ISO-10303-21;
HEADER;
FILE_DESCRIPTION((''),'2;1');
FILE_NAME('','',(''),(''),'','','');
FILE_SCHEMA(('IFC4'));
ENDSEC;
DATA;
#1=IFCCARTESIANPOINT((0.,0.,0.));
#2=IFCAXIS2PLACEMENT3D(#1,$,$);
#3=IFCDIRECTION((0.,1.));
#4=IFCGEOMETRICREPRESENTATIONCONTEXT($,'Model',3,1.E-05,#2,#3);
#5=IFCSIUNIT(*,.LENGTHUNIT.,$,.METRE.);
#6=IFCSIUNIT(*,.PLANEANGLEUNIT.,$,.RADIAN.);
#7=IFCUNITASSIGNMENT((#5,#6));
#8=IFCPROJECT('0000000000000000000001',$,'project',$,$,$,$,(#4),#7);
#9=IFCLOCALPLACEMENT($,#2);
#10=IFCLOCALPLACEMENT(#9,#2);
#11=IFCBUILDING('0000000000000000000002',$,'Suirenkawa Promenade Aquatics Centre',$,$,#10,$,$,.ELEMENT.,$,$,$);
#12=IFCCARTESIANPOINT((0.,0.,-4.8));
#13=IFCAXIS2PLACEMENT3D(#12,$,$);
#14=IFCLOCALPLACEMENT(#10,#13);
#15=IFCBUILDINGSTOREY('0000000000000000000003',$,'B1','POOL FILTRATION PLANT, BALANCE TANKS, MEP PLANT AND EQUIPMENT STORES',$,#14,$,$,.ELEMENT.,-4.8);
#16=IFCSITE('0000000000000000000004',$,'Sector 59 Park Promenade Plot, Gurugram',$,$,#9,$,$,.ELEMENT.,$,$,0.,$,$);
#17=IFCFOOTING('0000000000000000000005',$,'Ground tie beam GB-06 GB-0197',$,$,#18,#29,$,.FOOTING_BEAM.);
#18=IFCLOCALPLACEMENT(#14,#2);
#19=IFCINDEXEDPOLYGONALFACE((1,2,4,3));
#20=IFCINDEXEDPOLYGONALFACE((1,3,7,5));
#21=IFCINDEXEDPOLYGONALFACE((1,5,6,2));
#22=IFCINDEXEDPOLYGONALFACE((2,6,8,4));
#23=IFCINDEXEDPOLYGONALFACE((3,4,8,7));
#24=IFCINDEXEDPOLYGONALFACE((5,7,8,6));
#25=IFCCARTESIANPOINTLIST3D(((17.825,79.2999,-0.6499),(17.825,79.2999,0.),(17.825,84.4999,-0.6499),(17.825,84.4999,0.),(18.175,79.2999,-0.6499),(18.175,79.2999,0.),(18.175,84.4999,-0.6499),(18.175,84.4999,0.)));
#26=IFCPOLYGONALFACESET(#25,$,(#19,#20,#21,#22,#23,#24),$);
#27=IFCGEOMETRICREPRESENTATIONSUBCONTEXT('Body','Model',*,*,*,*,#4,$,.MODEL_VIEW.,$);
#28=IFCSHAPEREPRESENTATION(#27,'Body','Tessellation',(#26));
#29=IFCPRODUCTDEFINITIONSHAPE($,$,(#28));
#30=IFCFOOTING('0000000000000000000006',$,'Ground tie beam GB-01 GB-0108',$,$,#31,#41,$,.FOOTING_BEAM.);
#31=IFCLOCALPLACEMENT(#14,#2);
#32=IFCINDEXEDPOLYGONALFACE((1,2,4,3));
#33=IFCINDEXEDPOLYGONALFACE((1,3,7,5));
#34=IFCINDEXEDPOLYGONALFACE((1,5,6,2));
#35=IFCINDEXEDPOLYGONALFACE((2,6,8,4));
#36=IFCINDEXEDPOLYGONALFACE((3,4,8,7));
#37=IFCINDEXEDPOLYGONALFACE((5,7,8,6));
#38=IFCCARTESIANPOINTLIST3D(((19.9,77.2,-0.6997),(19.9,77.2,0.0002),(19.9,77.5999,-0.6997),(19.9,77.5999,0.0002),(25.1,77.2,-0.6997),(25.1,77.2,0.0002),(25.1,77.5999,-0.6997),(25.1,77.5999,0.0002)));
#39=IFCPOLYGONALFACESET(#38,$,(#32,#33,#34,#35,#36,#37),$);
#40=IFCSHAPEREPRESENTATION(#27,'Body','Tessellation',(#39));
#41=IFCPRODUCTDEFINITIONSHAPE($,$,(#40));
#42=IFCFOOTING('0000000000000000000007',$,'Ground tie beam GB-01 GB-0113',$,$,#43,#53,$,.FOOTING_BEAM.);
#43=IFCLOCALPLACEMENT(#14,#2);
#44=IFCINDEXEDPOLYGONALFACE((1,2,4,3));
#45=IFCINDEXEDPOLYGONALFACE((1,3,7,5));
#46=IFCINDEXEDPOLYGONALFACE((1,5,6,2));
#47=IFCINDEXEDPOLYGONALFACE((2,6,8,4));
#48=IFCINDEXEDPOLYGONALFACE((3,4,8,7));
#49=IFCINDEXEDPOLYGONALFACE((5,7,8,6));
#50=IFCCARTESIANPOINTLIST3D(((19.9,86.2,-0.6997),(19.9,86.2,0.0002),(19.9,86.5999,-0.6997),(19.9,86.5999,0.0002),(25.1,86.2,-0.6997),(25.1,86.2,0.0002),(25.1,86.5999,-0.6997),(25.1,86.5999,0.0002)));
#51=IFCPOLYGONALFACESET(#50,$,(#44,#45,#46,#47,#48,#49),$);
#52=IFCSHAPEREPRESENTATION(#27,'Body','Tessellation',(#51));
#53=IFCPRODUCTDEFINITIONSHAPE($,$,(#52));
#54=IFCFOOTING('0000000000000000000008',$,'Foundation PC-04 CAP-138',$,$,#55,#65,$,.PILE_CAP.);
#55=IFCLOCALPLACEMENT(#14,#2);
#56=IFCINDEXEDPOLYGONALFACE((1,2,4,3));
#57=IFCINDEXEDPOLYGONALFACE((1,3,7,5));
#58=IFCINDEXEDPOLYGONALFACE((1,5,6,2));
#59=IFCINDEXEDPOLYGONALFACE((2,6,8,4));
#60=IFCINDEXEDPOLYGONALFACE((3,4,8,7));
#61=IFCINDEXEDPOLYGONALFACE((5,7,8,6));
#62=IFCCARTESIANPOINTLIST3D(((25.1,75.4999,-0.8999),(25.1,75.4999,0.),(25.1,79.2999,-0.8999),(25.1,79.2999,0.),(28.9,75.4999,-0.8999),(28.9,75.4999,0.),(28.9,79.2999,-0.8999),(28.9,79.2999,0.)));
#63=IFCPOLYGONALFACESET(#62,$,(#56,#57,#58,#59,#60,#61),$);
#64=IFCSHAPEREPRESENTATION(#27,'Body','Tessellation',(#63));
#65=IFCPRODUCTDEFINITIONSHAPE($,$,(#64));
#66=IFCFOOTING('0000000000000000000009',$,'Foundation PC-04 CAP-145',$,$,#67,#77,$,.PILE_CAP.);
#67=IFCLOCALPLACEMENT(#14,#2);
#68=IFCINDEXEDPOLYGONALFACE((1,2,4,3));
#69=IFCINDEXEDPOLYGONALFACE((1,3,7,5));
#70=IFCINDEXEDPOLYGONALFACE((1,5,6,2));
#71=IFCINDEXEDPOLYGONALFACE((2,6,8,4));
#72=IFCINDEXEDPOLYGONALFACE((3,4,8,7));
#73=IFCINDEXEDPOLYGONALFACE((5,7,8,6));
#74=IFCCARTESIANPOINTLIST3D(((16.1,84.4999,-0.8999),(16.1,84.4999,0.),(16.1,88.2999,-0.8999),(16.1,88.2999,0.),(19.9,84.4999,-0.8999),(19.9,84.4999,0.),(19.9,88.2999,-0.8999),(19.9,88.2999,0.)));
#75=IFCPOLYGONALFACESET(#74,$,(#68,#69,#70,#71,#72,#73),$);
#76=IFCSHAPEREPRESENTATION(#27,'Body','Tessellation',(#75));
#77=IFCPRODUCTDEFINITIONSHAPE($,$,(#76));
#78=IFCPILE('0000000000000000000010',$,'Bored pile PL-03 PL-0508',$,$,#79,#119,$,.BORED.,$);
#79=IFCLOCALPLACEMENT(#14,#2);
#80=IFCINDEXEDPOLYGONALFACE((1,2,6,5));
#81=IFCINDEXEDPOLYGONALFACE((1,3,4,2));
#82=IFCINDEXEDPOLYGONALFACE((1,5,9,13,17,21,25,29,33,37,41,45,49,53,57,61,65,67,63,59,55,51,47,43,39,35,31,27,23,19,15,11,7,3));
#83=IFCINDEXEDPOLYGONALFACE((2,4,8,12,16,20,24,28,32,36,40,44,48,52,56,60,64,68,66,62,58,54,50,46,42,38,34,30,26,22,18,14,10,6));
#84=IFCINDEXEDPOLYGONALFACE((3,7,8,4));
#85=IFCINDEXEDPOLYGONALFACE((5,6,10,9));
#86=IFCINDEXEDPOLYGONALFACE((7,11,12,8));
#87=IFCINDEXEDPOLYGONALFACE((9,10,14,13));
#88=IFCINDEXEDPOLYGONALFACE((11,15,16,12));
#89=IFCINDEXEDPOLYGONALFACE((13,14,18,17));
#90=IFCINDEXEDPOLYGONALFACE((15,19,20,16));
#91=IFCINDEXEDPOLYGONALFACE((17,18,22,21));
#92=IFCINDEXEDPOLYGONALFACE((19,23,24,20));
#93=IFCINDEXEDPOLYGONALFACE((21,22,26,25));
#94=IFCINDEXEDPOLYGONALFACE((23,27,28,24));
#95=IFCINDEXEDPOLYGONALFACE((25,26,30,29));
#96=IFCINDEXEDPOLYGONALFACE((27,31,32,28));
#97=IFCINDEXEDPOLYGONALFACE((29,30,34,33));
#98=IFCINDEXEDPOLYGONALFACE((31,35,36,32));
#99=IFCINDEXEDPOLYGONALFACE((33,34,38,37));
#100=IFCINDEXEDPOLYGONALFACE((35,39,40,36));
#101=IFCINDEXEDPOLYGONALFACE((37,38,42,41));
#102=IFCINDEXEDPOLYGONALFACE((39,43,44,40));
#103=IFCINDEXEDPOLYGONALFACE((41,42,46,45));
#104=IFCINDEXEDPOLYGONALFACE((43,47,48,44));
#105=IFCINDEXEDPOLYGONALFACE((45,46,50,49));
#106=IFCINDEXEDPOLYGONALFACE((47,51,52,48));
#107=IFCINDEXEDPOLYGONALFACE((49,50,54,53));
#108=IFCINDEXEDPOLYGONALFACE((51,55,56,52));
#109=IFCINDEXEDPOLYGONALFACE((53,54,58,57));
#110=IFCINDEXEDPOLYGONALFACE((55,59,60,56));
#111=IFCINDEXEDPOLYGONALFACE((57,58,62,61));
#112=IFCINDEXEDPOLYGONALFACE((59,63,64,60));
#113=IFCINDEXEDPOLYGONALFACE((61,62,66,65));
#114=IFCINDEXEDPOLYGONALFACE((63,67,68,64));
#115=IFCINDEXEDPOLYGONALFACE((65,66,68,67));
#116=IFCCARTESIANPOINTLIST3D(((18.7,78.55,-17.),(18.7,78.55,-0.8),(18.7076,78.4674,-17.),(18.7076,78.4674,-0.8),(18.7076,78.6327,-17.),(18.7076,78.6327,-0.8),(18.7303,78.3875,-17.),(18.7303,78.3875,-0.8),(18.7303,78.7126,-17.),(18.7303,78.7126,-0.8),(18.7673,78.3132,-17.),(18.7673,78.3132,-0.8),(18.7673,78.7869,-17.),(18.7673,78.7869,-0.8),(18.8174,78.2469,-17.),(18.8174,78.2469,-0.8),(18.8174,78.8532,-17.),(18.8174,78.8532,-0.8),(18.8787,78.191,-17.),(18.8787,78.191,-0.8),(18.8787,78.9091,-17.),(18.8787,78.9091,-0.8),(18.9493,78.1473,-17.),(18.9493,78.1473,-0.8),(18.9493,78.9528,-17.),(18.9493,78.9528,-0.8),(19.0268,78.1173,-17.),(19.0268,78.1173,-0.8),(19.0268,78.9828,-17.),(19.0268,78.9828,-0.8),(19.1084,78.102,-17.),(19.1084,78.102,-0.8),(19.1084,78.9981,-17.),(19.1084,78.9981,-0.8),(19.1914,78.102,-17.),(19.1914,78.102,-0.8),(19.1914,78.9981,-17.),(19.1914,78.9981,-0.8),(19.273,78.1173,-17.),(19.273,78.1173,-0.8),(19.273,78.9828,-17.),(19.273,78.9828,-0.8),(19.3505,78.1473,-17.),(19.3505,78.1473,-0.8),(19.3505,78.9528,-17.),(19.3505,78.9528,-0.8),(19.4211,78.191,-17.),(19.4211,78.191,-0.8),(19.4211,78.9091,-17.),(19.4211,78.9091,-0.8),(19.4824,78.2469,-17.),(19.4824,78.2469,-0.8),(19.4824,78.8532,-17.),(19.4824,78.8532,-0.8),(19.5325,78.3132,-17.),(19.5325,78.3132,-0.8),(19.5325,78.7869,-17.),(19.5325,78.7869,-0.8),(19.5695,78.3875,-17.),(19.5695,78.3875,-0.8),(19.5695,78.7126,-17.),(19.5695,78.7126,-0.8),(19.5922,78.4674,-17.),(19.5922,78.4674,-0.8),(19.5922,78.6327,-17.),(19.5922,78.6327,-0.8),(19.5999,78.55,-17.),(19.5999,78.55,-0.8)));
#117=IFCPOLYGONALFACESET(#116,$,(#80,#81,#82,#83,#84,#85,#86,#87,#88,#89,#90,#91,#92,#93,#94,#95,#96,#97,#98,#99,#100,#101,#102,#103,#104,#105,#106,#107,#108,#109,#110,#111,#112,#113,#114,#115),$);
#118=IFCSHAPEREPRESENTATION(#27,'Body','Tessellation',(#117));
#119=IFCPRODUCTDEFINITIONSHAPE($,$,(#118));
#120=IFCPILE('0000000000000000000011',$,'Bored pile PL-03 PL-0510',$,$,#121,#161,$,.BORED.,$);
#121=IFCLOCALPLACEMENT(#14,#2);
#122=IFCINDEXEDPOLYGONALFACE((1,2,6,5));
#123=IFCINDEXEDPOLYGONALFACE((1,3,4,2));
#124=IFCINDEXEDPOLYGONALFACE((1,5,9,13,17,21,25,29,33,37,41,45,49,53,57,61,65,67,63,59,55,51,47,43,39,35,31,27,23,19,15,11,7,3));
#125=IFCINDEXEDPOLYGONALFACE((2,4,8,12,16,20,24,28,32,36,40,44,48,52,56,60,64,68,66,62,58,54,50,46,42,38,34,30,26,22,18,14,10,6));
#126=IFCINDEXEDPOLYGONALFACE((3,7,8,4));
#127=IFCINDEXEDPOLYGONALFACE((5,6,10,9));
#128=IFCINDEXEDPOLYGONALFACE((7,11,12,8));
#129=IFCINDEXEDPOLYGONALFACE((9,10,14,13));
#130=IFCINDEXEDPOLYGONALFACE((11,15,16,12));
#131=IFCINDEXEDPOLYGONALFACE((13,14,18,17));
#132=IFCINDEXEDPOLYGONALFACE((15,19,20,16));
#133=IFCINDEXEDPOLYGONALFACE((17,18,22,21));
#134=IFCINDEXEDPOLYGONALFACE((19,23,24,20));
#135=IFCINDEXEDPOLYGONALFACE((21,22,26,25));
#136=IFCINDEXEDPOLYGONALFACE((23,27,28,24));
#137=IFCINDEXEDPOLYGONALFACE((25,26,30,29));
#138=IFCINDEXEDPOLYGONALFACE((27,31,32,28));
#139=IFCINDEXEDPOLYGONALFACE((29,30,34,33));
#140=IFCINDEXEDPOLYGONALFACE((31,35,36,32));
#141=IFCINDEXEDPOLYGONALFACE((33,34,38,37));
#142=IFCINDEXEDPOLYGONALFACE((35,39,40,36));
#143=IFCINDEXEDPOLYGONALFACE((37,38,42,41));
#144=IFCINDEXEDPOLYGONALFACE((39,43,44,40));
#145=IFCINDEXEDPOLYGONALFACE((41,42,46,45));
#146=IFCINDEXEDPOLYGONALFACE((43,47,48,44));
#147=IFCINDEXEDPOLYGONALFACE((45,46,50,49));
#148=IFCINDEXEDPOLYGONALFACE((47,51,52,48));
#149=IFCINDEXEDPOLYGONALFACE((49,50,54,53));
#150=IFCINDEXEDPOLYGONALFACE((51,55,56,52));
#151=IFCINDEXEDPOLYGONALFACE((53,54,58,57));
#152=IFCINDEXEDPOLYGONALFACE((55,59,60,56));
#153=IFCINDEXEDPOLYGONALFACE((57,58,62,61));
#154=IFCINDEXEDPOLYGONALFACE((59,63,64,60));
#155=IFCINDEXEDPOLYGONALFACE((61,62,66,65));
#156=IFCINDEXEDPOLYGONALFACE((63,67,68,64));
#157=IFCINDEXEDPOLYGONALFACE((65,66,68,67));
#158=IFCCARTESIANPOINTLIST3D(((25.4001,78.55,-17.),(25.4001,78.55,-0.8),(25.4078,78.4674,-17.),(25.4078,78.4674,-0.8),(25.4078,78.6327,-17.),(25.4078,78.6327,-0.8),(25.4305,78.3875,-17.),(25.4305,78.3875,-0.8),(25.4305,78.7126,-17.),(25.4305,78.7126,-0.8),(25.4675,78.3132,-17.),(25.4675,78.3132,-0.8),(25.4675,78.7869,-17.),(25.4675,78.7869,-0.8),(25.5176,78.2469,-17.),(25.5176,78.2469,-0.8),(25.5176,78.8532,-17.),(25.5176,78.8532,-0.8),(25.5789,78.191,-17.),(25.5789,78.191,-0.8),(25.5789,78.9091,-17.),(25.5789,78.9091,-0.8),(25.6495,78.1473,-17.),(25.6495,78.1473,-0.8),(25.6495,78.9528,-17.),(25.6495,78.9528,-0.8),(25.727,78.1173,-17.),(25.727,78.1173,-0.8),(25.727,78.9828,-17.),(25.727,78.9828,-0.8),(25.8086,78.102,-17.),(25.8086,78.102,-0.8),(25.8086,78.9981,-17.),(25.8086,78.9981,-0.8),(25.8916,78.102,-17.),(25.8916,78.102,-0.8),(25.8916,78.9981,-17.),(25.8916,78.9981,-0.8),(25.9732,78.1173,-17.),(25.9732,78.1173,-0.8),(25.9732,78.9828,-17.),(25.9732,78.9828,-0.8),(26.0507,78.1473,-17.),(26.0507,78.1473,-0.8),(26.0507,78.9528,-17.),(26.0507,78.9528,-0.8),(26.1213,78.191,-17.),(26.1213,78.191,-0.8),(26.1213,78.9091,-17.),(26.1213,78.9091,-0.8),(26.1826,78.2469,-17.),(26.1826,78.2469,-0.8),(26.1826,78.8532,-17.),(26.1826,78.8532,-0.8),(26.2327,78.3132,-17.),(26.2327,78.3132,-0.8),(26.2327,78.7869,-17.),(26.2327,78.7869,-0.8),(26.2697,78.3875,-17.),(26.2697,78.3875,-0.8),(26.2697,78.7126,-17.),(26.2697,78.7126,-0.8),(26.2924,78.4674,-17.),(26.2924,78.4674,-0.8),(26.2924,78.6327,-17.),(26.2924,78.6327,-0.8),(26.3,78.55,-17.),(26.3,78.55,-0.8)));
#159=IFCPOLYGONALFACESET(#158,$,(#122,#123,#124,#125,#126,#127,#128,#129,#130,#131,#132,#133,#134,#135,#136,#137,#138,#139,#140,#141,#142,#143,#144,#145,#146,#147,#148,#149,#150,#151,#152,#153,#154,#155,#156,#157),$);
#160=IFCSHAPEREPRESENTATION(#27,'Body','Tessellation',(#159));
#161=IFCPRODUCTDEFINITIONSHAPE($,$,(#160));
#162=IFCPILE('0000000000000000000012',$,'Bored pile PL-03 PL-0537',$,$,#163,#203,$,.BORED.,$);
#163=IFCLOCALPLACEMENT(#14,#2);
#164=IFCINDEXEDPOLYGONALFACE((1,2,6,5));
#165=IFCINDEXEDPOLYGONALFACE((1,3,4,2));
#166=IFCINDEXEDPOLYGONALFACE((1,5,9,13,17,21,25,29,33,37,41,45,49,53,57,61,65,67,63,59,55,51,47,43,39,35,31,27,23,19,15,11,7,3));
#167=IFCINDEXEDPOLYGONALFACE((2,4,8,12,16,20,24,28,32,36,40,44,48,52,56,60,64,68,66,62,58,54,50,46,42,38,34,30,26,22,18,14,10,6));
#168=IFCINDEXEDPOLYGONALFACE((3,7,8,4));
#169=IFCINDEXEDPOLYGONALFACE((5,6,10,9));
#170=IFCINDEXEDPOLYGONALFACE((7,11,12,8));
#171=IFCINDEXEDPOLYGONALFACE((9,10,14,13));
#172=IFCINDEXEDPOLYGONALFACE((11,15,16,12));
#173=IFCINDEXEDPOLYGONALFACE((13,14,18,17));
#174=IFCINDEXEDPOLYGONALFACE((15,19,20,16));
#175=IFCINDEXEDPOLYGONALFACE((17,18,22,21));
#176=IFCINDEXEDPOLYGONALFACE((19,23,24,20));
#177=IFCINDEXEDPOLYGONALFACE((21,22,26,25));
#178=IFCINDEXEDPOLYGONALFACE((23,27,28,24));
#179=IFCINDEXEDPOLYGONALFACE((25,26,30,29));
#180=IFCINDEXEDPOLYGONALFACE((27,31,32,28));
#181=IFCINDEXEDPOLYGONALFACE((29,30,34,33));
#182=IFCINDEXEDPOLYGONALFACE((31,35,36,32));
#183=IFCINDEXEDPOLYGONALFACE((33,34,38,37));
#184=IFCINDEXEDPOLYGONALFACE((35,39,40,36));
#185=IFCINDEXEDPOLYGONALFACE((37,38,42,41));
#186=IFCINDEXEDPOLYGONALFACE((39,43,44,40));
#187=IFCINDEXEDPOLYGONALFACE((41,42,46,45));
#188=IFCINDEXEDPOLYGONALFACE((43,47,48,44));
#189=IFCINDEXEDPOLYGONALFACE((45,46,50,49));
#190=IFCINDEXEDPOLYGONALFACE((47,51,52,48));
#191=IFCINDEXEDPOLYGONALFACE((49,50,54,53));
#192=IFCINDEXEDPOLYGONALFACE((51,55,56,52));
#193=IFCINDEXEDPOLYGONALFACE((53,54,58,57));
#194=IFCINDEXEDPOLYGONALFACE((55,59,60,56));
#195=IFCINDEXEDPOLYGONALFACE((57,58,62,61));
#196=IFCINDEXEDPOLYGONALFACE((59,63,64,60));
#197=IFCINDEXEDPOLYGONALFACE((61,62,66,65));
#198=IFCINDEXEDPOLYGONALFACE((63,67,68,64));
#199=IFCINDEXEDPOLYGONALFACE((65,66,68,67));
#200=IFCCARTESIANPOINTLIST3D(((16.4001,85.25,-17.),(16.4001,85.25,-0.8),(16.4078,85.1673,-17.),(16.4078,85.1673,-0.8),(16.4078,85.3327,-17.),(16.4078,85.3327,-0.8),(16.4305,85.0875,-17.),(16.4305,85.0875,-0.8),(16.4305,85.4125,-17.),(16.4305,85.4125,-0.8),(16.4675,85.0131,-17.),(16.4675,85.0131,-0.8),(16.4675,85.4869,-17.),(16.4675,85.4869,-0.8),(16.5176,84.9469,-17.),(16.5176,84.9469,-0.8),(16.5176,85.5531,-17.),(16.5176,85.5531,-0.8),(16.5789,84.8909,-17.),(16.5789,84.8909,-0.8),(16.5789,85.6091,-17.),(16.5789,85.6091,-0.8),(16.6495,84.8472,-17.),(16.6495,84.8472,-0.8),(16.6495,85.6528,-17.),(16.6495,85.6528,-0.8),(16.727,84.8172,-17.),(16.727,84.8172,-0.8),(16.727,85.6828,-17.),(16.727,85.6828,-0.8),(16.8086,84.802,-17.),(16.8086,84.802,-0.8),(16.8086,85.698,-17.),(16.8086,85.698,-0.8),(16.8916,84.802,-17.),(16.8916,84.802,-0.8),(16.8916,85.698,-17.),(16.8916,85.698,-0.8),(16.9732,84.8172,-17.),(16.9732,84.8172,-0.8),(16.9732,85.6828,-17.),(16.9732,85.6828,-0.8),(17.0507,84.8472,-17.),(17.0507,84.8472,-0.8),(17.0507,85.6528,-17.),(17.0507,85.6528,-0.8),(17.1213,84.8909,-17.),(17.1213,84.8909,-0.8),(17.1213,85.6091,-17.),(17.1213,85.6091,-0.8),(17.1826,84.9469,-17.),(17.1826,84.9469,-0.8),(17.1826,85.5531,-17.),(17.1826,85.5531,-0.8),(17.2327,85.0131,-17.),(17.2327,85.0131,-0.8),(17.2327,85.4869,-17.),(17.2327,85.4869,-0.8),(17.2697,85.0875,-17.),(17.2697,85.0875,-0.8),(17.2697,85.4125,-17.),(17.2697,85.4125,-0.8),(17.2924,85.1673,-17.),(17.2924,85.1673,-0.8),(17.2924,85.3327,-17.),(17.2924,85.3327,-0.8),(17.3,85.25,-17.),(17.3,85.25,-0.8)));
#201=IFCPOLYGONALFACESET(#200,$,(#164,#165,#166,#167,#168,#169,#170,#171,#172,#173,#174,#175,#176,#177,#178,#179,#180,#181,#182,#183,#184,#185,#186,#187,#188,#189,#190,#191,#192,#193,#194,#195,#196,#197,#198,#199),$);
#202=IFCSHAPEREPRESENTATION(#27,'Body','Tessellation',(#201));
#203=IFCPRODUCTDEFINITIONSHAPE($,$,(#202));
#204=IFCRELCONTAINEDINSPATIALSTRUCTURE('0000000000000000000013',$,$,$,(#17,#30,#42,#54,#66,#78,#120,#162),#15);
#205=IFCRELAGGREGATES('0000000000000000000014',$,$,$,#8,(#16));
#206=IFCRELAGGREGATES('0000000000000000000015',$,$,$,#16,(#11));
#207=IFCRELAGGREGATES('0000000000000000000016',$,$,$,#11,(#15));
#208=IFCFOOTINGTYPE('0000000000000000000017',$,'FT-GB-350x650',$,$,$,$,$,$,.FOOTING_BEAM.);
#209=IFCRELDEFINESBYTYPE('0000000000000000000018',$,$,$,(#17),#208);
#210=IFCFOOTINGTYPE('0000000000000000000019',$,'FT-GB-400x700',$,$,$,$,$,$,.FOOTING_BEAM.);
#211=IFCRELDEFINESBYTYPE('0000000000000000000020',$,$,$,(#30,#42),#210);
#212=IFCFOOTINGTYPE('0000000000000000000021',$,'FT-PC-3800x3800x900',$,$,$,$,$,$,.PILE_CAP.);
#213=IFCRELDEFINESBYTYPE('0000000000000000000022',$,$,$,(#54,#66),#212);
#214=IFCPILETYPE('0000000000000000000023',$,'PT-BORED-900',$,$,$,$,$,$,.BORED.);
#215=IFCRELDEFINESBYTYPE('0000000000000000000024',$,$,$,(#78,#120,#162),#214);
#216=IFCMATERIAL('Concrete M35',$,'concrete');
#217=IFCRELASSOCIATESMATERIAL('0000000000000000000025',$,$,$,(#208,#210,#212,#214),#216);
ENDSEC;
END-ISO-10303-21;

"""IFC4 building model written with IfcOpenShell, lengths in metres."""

from ifc_helpers import new_model, si_unit, direction, frame, origin, origin_2d, place, context, subcontext, project, spatial, rectangle, circle, extrude, material, material_profile, profile_set, type_object, element, save


model = new_model("IFC4")

# Units and contexts
model_context = context("Model", 3, precision=1e-05, world=origin(), true_north=direction((0.0, 1.0)))
body_context = subcontext(model_context, "Body", "Model", "MODEL_VIEW")
ifc_project = project(units=[si_unit("LENGTHUNIT", "METRE"), si_unit("PLANEANGLEUNIT", "RADIAN")], contexts=[model_context])

# Site, building, storey
site_placement = place(None, origin())
site = spatial("IfcSite", under=ifc_project, at=site_placement, Name="Sector 59 Park Promenade Plot, Gurugram", CompositionType="ELEMENT", RefElevation=0.0)
building_placement = place(site_placement, origin())
building = spatial("IfcBuilding", under=site, at=building_placement, Name="Suirenkawa Promenade Aquatics Centre", CompositionType="ELEMENT")
storey_placement = place(building_placement, frame((0.0, 0.0, -4.8)))
storey = spatial("IfcBuildingStorey", under=building, at=storey_placement, Name="B1", Description="POOL FILTRATION PLANT, BALANCE TANKS, MEP PLANT AND EQUIPMENT STORES", CompositionType="ELEMENT", Elevation=-4.8)

# Footings
ifc_material_1 = material(Name="Concrete M35", Category="concrete")
footing_type_1 = type_object("IfcFootingType", Name="FT-GB-350x650", PredefinedType="FOOTING_BEAM", material=ifc_material_1)
footing_placement = place(storey_placement, frame((18.0, 81.8999, -0.6499), z_axis=(0.0, 0.0, 1.0), x_axis=(0.0, 1.0, 0.0)))
element("IfcFooting", 1, at=footing_placement, inside=storey, type_object=footing_type_1, Name="Ground tie beam GB-06 GB-0197", PredefinedType="FOOTING_BEAM", context=body_context, shape_type="SweptSolid", body=[
    extrude(rectangle(XDim=5.2, YDim=0.3501, at=origin_2d()), origin(), (0.0, 0.0, 1.0), 0.6499),
])
footing_type_2 = type_object("IfcFootingType", Name="FT-GB-400x700", PredefinedType="FOOTING_BEAM", material=ifc_material_1)
for number, where, z_axis, x_axis, name in (
    (2, (22.5, 77.3999, -0.6997), (0.0, 0.0, 1.0), (1.0, 0.0, 0.0), "Ground tie beam GB-01 GB-0108"),
    (3, (22.5, 86.3999, -0.6997), (0.0, 0.0, 1.0), (1.0, 0.0, 0.0), "Ground tie beam GB-01 GB-0113"),
):
    element("IfcFooting", number, at=place(storey_placement, frame(where, z_axis=z_axis, x_axis=x_axis)), inside=storey, type_object=footing_type_2, Name=name, PredefinedType="FOOTING_BEAM", context=body_context, shape_type="SweptSolid", body=[
        extrude(rectangle(XDim=5.2, YDim=0.3999, at=origin_2d()), origin(), (0.0, 0.0, 1.0), 0.7),
    ])
footing_type_3 = type_object("IfcFootingType", Name="FT-PC-3800x3800x900", PredefinedType="PILE_CAP", material=ifc_material_1)
for number, where, z_axis, x_axis, name in (
    (4, (27.0, 77.3999, -0.8999), (0.0, 0.0, 1.0), (1.0, 0.0, 0.0), "Foundation PC-04 CAP-138"),
    (5, (18.0, 86.3999, -0.8999), (0.0, 0.0, 1.0), (1.0, 0.0, 0.0), "Foundation PC-04 CAP-145"),
):
    element("IfcFooting", number, at=place(storey_placement, frame(where, z_axis=z_axis, x_axis=x_axis)), inside=storey, type_object=footing_type_3, Name=name, PredefinedType="PILE_CAP", context=body_context, shape_type="SweptSolid", body=[
        extrude(rectangle(XDim=3.8, YDim=3.8, at=origin_2d()), origin(), (0.0, 0.0, 1.0), 0.8999),
    ])

# Piles
ifc_material_profile_1 = material_profile(ifc_material_1, circle(Radius=0.45, at=origin_2d()), Name="PILE D900", Category="concrete")
ifc_profile_set_1 = profile_set([ifc_material_profile_1], Name="Concrete M35")
pile_type = type_object("IfcPileType", Name="PT-BORED-900", PredefinedType="BORED", material=ifc_profile_set_1)
for number, where, z_axis, x_axis, name in (
    (6, (19.1499, 78.55, -0.8), (0.0, 0.0, -1.0), (1.0, 0.0, 0.0), "Bored pile PL-03 PL-0508"),
    (7, (25.8501, 78.55, -0.8), (0.0, 0.0, -1.0), (1.0, 0.0, 0.0), "Bored pile PL-03 PL-0510"),
    (8, (16.8501, 85.25, -0.8), (0.0, 0.0, -1.0), (1.0, 0.0, 0.0), "Bored pile PL-03 PL-0537"),
):
    element("IfcPile", number, at=place(storey_placement, frame(where, z_axis=z_axis, x_axis=x_axis)), inside=storey, type_object=pile_type, Name=name, PredefinedType="BORED", context=body_context, shape_type="SweptSolid", body=[
        extrude(circle(Radius=0.45, at=origin_2d()), origin(), (0.0, 0.0, 1.0), 16.2),
    ])

save(model, "model.ifc")
